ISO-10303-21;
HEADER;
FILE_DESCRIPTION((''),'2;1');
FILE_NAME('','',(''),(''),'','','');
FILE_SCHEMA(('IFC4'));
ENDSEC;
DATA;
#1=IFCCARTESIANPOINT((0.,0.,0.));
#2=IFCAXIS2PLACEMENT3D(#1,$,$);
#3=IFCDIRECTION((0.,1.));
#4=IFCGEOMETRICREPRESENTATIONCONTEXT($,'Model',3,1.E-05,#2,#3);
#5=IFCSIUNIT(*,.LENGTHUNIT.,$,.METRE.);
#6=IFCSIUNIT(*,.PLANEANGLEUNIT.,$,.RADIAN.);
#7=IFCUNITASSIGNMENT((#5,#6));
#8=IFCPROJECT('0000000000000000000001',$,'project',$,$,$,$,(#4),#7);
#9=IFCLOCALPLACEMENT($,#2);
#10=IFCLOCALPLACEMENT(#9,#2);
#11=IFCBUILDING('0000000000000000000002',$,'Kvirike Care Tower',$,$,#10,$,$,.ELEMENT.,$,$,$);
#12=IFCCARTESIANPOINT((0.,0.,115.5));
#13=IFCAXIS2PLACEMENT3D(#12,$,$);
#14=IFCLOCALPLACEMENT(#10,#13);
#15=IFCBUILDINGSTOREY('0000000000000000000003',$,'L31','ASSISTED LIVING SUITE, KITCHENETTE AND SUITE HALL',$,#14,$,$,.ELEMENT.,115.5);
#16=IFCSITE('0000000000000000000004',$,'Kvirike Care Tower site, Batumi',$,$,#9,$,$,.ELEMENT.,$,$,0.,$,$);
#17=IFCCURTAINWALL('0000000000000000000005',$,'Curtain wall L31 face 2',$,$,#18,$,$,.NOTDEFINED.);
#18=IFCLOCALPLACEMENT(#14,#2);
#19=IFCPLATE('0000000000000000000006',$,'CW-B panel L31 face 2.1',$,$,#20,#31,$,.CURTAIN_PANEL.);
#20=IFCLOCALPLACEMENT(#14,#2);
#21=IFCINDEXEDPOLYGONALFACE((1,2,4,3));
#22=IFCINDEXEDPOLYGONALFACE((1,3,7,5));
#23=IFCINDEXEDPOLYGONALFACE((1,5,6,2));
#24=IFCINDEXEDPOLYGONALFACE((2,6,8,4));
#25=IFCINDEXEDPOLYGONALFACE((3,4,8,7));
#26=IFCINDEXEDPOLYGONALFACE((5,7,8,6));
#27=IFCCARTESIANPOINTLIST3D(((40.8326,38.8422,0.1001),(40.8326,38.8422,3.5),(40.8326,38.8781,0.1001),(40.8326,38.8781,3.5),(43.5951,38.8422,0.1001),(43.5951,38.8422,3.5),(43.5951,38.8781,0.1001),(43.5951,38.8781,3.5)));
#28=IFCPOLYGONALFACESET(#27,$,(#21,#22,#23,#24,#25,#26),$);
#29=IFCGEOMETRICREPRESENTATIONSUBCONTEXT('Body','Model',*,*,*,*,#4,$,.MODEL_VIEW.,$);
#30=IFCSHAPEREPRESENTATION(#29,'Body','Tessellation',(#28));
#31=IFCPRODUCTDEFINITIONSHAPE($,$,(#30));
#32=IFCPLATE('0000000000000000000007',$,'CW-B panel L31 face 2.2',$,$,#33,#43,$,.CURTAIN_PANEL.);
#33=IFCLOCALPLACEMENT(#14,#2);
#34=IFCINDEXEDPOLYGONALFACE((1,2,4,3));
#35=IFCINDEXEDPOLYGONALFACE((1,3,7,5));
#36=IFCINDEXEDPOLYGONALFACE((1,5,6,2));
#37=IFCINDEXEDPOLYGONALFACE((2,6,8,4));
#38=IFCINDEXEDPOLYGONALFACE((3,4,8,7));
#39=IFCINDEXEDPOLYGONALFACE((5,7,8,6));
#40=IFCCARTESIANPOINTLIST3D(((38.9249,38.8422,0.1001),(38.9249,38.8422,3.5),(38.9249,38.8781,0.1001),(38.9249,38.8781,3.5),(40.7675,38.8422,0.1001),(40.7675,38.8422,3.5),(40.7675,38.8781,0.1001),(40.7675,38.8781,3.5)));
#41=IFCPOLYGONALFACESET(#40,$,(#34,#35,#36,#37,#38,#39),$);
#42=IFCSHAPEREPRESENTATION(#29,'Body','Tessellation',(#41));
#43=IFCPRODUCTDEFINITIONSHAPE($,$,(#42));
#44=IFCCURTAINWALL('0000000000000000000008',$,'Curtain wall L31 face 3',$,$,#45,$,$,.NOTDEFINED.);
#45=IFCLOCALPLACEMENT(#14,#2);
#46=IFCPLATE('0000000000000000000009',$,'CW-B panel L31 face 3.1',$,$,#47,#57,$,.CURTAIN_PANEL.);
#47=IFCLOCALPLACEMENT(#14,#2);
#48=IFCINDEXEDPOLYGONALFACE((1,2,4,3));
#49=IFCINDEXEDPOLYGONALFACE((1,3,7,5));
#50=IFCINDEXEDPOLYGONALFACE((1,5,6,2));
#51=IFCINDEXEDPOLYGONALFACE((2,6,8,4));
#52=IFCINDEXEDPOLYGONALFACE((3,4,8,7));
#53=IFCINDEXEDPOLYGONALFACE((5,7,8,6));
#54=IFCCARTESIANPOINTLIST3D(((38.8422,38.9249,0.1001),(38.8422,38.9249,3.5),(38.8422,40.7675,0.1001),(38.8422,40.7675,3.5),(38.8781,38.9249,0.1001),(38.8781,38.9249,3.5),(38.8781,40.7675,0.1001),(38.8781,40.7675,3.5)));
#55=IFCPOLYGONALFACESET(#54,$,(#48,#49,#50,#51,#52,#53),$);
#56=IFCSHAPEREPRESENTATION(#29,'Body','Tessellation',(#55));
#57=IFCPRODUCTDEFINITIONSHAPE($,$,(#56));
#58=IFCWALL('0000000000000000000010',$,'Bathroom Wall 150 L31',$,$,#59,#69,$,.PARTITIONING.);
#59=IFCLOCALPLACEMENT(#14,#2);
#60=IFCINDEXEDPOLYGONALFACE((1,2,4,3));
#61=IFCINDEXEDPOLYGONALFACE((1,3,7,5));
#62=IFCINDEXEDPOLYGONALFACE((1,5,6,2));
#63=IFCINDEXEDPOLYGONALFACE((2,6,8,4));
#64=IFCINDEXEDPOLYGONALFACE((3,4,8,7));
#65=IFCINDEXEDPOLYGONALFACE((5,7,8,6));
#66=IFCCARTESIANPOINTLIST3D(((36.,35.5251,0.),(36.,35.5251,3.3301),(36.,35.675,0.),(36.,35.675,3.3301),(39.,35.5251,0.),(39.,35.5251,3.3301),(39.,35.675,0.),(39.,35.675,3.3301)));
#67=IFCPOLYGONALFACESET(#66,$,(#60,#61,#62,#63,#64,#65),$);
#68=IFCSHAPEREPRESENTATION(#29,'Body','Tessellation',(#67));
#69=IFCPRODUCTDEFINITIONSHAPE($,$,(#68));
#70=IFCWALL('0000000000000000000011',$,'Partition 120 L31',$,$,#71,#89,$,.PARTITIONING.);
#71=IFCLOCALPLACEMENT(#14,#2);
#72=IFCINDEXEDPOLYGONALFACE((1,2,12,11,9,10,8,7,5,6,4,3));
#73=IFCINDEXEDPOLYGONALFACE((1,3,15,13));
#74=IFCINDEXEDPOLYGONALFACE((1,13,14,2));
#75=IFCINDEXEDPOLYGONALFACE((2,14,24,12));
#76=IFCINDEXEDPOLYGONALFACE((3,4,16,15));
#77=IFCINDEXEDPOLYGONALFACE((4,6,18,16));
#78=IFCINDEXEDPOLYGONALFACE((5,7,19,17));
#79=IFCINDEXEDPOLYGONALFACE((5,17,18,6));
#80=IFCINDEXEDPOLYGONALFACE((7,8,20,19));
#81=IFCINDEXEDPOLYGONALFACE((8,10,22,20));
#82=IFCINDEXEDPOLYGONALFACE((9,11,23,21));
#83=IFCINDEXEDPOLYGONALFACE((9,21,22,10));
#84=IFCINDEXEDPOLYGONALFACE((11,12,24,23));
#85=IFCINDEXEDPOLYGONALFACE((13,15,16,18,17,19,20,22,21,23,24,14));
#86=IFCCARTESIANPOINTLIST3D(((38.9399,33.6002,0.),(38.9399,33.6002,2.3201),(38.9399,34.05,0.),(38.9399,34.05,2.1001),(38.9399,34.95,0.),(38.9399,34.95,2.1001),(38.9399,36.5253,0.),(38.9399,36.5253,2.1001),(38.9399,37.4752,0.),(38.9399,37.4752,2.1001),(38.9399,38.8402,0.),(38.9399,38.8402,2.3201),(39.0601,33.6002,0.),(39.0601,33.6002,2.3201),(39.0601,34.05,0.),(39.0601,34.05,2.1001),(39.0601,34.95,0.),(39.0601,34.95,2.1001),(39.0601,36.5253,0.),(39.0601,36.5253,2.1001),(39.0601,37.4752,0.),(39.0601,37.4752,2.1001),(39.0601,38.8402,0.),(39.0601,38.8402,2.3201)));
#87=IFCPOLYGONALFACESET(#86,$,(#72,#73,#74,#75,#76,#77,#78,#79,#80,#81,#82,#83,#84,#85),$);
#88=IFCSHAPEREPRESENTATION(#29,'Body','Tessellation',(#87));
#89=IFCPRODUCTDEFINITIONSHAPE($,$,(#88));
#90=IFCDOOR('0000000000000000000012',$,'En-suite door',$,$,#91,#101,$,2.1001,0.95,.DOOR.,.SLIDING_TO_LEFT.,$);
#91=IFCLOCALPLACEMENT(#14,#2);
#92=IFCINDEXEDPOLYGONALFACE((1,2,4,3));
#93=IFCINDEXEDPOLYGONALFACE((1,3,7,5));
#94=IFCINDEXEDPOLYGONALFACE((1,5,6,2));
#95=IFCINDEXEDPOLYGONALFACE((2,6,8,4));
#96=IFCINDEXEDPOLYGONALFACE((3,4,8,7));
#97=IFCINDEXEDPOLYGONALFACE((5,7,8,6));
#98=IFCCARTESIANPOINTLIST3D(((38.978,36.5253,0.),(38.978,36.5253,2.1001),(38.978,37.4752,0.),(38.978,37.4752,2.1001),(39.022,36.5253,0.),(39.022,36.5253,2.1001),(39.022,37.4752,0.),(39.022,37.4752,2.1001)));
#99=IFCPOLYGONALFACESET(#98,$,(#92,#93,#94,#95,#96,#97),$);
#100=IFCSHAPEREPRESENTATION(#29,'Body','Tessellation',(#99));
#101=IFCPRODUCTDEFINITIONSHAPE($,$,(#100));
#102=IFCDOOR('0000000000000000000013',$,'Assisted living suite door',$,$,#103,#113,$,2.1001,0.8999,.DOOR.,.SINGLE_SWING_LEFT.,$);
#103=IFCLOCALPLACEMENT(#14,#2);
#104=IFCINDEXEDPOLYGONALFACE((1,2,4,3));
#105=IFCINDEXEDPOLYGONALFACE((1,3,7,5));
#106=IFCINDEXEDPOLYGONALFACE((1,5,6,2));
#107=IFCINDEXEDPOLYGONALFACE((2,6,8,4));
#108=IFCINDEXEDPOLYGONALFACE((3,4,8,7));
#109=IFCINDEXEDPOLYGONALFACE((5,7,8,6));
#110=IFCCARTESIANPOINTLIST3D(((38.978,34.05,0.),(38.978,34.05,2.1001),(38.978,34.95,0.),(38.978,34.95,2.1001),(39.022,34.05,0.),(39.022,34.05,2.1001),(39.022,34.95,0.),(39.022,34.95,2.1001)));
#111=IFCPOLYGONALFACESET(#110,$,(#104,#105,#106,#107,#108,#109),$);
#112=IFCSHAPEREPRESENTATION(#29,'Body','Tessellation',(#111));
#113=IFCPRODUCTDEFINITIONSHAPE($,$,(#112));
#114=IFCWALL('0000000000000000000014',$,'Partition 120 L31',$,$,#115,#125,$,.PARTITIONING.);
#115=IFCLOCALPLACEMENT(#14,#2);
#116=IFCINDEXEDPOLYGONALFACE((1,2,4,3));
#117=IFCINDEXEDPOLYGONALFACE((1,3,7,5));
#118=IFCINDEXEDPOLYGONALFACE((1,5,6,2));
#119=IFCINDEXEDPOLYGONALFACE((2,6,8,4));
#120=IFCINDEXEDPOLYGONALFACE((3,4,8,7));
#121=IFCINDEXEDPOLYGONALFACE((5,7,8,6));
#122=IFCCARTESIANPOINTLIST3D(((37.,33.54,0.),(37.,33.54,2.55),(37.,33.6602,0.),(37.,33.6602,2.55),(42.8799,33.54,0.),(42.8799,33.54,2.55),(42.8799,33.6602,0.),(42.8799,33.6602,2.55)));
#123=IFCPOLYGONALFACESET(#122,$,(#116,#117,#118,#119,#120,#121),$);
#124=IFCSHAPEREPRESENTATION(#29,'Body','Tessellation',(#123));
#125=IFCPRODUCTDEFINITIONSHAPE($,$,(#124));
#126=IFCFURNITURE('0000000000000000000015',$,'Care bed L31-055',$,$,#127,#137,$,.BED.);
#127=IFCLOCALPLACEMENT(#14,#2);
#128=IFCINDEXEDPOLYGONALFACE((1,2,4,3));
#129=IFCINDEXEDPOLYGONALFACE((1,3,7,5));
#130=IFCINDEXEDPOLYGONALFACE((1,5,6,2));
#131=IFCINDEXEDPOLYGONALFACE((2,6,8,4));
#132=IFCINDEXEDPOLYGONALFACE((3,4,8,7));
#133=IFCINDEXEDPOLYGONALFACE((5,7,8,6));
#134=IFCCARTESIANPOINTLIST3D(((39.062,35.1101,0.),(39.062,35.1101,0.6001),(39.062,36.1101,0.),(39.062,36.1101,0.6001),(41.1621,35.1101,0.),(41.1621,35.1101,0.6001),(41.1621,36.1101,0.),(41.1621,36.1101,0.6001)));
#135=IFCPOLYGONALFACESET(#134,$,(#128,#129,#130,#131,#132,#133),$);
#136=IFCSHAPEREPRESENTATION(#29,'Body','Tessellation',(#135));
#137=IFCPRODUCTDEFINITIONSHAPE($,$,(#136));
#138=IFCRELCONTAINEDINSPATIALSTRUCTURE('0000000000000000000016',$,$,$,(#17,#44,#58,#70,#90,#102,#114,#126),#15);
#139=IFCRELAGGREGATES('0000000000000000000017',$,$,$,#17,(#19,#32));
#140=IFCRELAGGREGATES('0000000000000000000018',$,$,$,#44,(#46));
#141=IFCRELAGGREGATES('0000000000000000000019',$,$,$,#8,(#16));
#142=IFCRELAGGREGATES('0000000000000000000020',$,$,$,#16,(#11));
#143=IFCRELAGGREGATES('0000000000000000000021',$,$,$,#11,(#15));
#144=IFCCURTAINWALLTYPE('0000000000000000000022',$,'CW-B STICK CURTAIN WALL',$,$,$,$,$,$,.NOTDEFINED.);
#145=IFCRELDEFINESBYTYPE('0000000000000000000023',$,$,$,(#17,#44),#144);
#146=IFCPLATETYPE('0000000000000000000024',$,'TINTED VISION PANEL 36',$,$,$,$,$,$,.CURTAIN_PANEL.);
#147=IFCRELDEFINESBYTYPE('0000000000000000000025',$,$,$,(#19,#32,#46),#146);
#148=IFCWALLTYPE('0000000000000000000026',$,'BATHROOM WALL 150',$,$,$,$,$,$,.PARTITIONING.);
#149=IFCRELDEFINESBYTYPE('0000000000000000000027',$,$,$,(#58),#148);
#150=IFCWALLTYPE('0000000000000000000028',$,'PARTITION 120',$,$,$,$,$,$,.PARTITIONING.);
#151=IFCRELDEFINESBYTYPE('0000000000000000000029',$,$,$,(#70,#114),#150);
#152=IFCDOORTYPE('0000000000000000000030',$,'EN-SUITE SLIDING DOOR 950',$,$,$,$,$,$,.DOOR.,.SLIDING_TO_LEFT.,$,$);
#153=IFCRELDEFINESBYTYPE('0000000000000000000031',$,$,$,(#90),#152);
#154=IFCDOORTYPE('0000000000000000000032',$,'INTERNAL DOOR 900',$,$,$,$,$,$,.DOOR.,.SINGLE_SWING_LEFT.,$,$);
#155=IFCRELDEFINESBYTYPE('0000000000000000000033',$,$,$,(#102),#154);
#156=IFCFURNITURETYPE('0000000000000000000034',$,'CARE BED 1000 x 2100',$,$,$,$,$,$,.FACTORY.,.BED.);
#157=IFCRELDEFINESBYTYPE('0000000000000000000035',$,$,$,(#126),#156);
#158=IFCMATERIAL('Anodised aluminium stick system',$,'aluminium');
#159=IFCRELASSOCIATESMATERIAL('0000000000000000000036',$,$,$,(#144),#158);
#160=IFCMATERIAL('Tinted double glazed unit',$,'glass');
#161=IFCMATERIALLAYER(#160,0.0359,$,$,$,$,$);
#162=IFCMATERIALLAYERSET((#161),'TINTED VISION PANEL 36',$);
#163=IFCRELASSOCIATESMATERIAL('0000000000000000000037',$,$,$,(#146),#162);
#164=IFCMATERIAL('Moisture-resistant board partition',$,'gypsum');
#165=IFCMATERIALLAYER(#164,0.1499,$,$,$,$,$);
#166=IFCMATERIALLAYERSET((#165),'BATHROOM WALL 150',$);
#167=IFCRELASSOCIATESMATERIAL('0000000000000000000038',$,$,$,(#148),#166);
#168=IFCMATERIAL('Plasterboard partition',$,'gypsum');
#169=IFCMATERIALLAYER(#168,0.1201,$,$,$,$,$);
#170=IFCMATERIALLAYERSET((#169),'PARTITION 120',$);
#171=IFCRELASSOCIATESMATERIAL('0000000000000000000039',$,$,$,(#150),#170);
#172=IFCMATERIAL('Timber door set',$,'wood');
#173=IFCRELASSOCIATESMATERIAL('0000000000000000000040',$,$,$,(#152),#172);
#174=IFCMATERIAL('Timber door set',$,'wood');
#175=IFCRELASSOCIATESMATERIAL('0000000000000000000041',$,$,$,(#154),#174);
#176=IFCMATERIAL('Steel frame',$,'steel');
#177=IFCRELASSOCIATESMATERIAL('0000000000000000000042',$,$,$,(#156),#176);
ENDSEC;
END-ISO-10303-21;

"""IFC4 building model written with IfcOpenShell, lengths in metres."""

from ifc_helpers import new_model, si_unit, direction, frame, frame_2d, origin, origin_2d, place, context, subcontext, project, spatial, rectangle, extrude, material, layer, layer_set, type_object, element, fill, aggregate, save


model = new_model("IFC4")

# Units and contexts
model_context = context("Model", 3, precision=1e-05, world=origin(), true_north=direction((0.0, 1.0)))
body_context = subcontext(model_context, "Body", "Model", "MODEL_VIEW")
ifc_project = project(units=[si_unit("LENGTHUNIT", "METRE"), si_unit("PLANEANGLEUNIT", "RADIAN")], contexts=[model_context])

# Site, building, storey
site_placement = place(None, origin())
site = spatial("IfcSite", under=ifc_project, at=site_placement, Name="Kvirike Care Tower site, Batumi", CompositionType="ELEMENT", RefElevation=0.0)
building_placement = place(site_placement, origin())
building = spatial("IfcBuilding", under=site, at=building_placement, Name="Kvirike Care Tower", CompositionType="ELEMENT")
storey_placement = place(building_placement, frame((0.0, 0.0, 115.5)))
storey = spatial("IfcBuildingStorey", under=building, at=storey_placement, Name="L31", Description="ASSISTED LIVING SUITE, KITCHENETTE AND SUITE HALL", CompositionType="ELEMENT", Elevation=115.5)

# Curtain wall
ifc_material_1 = material(Name="Anodised aluminium stick system", Category="aluminium")
curtain_wall_type = type_object("IfcCurtainWallType", Name="CW-B STICK CURTAIN WALL", PredefinedType="NOTDEFINED", material=ifc_material_1)
curtain_wall_1_placement = place(storey_placement, origin())
curtain_wall_1 = element("IfcCurtainWall", 1, at=curtain_wall_1_placement, inside=storey, type_object=curtain_wall_type, Name="Curtain wall L31 face 2", PredefinedType="NOTDEFINED")

# Plates
ifc_material_2 = material(Name="Tinted double glazed unit", Category="glass")
ifc_layer_1 = layer(ifc_material_2, 0.0359)
ifc_layer_set_1 = layer_set([ifc_layer_1], Name="TINTED VISION PANEL 36")
plate_type = type_object("IfcPlateType", Name="TINTED VISION PANEL 36", PredefinedType="CURTAIN_PANEL", material=ifc_layer_set_1)
plate_1_placement = place(storey_placement, frame((42.2139, 38.8601, 0.1001), z_axis=(0.0, 0.0, 1.0), x_axis=(-1.0, 0.0, 0.0)))
plate_1 = element("IfcPlate", 2, at=plate_1_placement, type_object=plate_type, Name="CW-B panel L31 face 2.1", PredefinedType="CURTAIN_PANEL", context=body_context, shape_type="SweptSolid", body=[
    extrude(rectangle(XDim=2.7625, YDim=0.0359, at=origin_2d()), origin(), (0.0, 0.0, 1.0), 3.3999),
])
plate_2_placement = place(storey_placement, frame((39.8462, 38.8601, 0.1001), z_axis=(0.0, 0.0, 1.0), x_axis=(-1.0, 0.0, 0.0)))
plate_2 = element("IfcPlate", 3, at=plate_2_placement, type_object=plate_type, Name="CW-B panel L31 face 2.2", PredefinedType="CURTAIN_PANEL", context=body_context, shape_type="SweptSolid", body=[
    extrude(rectangle(XDim=1.8425, YDim=0.0359, at=origin_2d()), origin(), (0.0, 0.0, 1.0), 3.3999),
])
aggregate(curtain_wall_1, [plate_1, plate_2])

# Curtain wall, plate
curtain_wall_2_placement = place(storey_placement, origin())
curtain_wall_2 = element("IfcCurtainWall", 4, at=curtain_wall_2_placement, inside=storey, type_object=curtain_wall_type, Name="Curtain wall L31 face 3", PredefinedType="NOTDEFINED")
plate_3_placement = place(storey_placement, frame((38.8601, 39.8462, 0.1001), z_axis=(0.0, 0.0, 1.0), x_axis=(0.0, 1.0, 0.0)))
plate_3 = element("IfcPlate", 5, at=plate_3_placement, type_object=plate_type, Name="CW-B panel L31 face 3.1", PredefinedType="CURTAIN_PANEL", context=body_context, shape_type="SweptSolid", body=[
    extrude(rectangle(XDim=1.8425, YDim=0.0359, at=origin_2d()), origin(), (0.0, 0.0, 1.0), 3.3999),
])
aggregate(curtain_wall_2, [plate_3])

# Wall
ifc_material_3 = material(Name="Moisture-resistant board partition", Category="gypsum")
ifc_layer_2 = layer(ifc_material_3, 0.1499)
ifc_layer_set_2 = layer_set([ifc_layer_2], Name="BATHROOM WALL 150")
wall_type_1 = type_object("IfcWallType", Name="BATHROOM WALL 150", PredefinedType="PARTITIONING", material=ifc_layer_set_2)
wall_1_placement = place(storey_placement, frame((39.0, 35.6001, 0.0), z_axis=(0.0, 0.0, 1.0), x_axis=(-1.0, 0.0, 0.0)))
element("IfcWall", 6, at=wall_1_placement, inside=storey, type_object=wall_type_1, Name="Bathroom Wall 150 L31", PredefinedType="PARTITIONING", context=body_context, shape_type="SweptSolid", body=[
    extrude(rectangle(XDim=3.0, YDim=0.1499, at=frame_2d((1.5, 0.0))), origin(), (0.0, 0.0, 1.0), 3.3301),
])

# Wall, openings, doors
ifc_material_4 = material(Name="Plasterboard partition", Category="gypsum")
ifc_layer_3 = layer(ifc_material_4, 0.1201)
ifc_layer_set_3 = layer_set([ifc_layer_3], Name="PARTITION 120")
wall_type_2 = type_object("IfcWallType", Name="PARTITION 120", PredefinedType="PARTITIONING", material=ifc_layer_set_3)
wall_2_placement = place(storey_placement, frame((39.0, 33.6001, 0.0), z_axis=(0.0, 0.0, 1.0), x_axis=(0.0, 1.0, 0.0)))
wall_2 = element("IfcWall", 7, at=wall_2_placement, inside=storey, type_object=wall_type_2, Name="Partition 120 L31", PredefinedType="PARTITIONING", context=body_context, shape_type="SweptSolid", body=[
    extrude(rectangle(XDim=5.24, YDim=0.1201, at=frame_2d((2.6201, 0.0))), origin(), (0.0, 0.0, 1.0), 2.3201),
])
opening_1_placement = place(wall_2_placement, frame((0.45, 0.0, 0.0)))
opening_1 = element("IfcOpeningElement", 8, at=opening_1_placement, cuts=wall_2, PredefinedType="OPENING", context=body_context, shape_type="SweptSolid", body=[
    extrude(rectangle(XDim=0.8999, YDim=2.1001, at=frame_2d((0.45, 1.05))), frame((0.0, 0.0706, 0.0), z_axis=(0.0, -1.0, 0.0), x_axis=(1.0, 0.0, 0.0)), (0.0, 0.0, 1.0), 0.1411),
])
opening_2_placement = place(wall_2_placement, frame((2.925, 0.0, 0.0)))
opening_2 = element("IfcOpeningElement", 9, at=opening_2_placement, cuts=wall_2, PredefinedType="OPENING", context=body_context, shape_type="SweptSolid", body=[
    extrude(rectangle(XDim=0.95, YDim=2.1001, at=frame_2d((0.4751, 1.05))), frame((0.0, 0.0706, 0.0), z_axis=(0.0, -1.0, 0.0), x_axis=(1.0, 0.0, 0.0)), (0.0, 0.0, 1.0), 0.1411),
])
ifc_material_5 = material(Name="Timber door set", Category="wood")
door_type_1 = type_object("IfcDoorType", Name="EN-SUITE SLIDING DOOR 950", OperationType="SLIDING_TO_LEFT", PredefinedType="DOOR", material=ifc_material_5)
door_1_placement = place(opening_2_placement, origin())
door_1 = element("IfcDoor", 10, at=door_1_placement, inside=storey, type_object=door_type_1, Name="En-suite door", OperationType="SLIDING_TO_LEFT", OverallHeight=2.1001, OverallWidth=0.95, PredefinedType="DOOR", context=body_context, shape_type="SweptSolid", body=[
    extrude(rectangle(XDim=0.95, YDim=2.1001, at=frame_2d((0.4751, 1.05))), frame((0.0, 0.022, 0.0), z_axis=(0.0, -1.0, 0.0), x_axis=(1.0, 0.0, 0.0)), (0.0, 0.0, 1.0), 0.0439),
])
fill(opening_2, door_1)
ifc_material_6 = material(Name="Timber door set", Category="wood")
door_type_2 = type_object("IfcDoorType", Name="INTERNAL DOOR 900", OperationType="SINGLE_SWING_LEFT", PredefinedType="DOOR", material=ifc_material_6)
door_2_placement = place(opening_1_placement, frame((0.8999, 0.0, 0.0), z_axis=(0.0, 0.0, 1.0), x_axis=(-1.0, 0.0, 0.0)))
door_2 = element("IfcDoor", 11, at=door_2_placement, inside=storey, type_object=door_type_2, Name="Assisted living suite door", OperationType="SINGLE_SWING_LEFT", OverallHeight=2.1001, OverallWidth=0.8999, PredefinedType="DOOR", context=body_context, shape_type="SweptSolid", body=[
    extrude(rectangle(XDim=0.8999, YDim=2.1001, at=frame_2d((0.45, 1.05))), frame((0.0, 0.022, 0.0), z_axis=(0.0, -1.0, 0.0), x_axis=(1.0, 0.0, 0.0)), (0.0, 0.0, 1.0), 0.0439),
])
fill(opening_1, door_2)

# Wall
wall_3_placement = place(storey_placement, frame((42.8799, 33.6001, 0.0), z_axis=(0.0, 0.0, 1.0), x_axis=(-1.0, 0.0, 0.0)))
element("IfcWall", 12, at=wall_3_placement, inside=storey, type_object=wall_type_2, Name="Partition 120 L31", PredefinedType="PARTITIONING", context=body_context, shape_type="SweptSolid", body=[
    extrude(rectangle(XDim=5.8799, YDim=0.1201, at=frame_2d((2.9399, 0.0))), origin(), (0.0, 0.0, 1.0), 2.55),
])

# Furniture
ifc_material_7 = material(Name="Steel frame", Category="steel")
furniture_type = type_object("IfcFurnitureType", Name="CARE BED 1000 x 2100", AssemblyPlace="FACTORY", PredefinedType="BED", material=ifc_material_7)
furniture_placement = place(storey_placement, frame((40.1121, 35.6101, 0.0), z_axis=(0.0, 0.0, 1.0), x_axis=(0.0, 1.0, 0.0)))
element("IfcFurniture", 13, at=furniture_placement, inside=storey, type_object=furniture_type, Name="Care bed L31-055", PredefinedType="BED", context=body_context, shape_type="SweptSolid", body=[
    extrude(rectangle(XDim=1.0, YDim=2.1001, at=origin_2d()), origin(), (0.0, 0.0, 1.0), 0.6001),
])

save(model, "model.ifc")
